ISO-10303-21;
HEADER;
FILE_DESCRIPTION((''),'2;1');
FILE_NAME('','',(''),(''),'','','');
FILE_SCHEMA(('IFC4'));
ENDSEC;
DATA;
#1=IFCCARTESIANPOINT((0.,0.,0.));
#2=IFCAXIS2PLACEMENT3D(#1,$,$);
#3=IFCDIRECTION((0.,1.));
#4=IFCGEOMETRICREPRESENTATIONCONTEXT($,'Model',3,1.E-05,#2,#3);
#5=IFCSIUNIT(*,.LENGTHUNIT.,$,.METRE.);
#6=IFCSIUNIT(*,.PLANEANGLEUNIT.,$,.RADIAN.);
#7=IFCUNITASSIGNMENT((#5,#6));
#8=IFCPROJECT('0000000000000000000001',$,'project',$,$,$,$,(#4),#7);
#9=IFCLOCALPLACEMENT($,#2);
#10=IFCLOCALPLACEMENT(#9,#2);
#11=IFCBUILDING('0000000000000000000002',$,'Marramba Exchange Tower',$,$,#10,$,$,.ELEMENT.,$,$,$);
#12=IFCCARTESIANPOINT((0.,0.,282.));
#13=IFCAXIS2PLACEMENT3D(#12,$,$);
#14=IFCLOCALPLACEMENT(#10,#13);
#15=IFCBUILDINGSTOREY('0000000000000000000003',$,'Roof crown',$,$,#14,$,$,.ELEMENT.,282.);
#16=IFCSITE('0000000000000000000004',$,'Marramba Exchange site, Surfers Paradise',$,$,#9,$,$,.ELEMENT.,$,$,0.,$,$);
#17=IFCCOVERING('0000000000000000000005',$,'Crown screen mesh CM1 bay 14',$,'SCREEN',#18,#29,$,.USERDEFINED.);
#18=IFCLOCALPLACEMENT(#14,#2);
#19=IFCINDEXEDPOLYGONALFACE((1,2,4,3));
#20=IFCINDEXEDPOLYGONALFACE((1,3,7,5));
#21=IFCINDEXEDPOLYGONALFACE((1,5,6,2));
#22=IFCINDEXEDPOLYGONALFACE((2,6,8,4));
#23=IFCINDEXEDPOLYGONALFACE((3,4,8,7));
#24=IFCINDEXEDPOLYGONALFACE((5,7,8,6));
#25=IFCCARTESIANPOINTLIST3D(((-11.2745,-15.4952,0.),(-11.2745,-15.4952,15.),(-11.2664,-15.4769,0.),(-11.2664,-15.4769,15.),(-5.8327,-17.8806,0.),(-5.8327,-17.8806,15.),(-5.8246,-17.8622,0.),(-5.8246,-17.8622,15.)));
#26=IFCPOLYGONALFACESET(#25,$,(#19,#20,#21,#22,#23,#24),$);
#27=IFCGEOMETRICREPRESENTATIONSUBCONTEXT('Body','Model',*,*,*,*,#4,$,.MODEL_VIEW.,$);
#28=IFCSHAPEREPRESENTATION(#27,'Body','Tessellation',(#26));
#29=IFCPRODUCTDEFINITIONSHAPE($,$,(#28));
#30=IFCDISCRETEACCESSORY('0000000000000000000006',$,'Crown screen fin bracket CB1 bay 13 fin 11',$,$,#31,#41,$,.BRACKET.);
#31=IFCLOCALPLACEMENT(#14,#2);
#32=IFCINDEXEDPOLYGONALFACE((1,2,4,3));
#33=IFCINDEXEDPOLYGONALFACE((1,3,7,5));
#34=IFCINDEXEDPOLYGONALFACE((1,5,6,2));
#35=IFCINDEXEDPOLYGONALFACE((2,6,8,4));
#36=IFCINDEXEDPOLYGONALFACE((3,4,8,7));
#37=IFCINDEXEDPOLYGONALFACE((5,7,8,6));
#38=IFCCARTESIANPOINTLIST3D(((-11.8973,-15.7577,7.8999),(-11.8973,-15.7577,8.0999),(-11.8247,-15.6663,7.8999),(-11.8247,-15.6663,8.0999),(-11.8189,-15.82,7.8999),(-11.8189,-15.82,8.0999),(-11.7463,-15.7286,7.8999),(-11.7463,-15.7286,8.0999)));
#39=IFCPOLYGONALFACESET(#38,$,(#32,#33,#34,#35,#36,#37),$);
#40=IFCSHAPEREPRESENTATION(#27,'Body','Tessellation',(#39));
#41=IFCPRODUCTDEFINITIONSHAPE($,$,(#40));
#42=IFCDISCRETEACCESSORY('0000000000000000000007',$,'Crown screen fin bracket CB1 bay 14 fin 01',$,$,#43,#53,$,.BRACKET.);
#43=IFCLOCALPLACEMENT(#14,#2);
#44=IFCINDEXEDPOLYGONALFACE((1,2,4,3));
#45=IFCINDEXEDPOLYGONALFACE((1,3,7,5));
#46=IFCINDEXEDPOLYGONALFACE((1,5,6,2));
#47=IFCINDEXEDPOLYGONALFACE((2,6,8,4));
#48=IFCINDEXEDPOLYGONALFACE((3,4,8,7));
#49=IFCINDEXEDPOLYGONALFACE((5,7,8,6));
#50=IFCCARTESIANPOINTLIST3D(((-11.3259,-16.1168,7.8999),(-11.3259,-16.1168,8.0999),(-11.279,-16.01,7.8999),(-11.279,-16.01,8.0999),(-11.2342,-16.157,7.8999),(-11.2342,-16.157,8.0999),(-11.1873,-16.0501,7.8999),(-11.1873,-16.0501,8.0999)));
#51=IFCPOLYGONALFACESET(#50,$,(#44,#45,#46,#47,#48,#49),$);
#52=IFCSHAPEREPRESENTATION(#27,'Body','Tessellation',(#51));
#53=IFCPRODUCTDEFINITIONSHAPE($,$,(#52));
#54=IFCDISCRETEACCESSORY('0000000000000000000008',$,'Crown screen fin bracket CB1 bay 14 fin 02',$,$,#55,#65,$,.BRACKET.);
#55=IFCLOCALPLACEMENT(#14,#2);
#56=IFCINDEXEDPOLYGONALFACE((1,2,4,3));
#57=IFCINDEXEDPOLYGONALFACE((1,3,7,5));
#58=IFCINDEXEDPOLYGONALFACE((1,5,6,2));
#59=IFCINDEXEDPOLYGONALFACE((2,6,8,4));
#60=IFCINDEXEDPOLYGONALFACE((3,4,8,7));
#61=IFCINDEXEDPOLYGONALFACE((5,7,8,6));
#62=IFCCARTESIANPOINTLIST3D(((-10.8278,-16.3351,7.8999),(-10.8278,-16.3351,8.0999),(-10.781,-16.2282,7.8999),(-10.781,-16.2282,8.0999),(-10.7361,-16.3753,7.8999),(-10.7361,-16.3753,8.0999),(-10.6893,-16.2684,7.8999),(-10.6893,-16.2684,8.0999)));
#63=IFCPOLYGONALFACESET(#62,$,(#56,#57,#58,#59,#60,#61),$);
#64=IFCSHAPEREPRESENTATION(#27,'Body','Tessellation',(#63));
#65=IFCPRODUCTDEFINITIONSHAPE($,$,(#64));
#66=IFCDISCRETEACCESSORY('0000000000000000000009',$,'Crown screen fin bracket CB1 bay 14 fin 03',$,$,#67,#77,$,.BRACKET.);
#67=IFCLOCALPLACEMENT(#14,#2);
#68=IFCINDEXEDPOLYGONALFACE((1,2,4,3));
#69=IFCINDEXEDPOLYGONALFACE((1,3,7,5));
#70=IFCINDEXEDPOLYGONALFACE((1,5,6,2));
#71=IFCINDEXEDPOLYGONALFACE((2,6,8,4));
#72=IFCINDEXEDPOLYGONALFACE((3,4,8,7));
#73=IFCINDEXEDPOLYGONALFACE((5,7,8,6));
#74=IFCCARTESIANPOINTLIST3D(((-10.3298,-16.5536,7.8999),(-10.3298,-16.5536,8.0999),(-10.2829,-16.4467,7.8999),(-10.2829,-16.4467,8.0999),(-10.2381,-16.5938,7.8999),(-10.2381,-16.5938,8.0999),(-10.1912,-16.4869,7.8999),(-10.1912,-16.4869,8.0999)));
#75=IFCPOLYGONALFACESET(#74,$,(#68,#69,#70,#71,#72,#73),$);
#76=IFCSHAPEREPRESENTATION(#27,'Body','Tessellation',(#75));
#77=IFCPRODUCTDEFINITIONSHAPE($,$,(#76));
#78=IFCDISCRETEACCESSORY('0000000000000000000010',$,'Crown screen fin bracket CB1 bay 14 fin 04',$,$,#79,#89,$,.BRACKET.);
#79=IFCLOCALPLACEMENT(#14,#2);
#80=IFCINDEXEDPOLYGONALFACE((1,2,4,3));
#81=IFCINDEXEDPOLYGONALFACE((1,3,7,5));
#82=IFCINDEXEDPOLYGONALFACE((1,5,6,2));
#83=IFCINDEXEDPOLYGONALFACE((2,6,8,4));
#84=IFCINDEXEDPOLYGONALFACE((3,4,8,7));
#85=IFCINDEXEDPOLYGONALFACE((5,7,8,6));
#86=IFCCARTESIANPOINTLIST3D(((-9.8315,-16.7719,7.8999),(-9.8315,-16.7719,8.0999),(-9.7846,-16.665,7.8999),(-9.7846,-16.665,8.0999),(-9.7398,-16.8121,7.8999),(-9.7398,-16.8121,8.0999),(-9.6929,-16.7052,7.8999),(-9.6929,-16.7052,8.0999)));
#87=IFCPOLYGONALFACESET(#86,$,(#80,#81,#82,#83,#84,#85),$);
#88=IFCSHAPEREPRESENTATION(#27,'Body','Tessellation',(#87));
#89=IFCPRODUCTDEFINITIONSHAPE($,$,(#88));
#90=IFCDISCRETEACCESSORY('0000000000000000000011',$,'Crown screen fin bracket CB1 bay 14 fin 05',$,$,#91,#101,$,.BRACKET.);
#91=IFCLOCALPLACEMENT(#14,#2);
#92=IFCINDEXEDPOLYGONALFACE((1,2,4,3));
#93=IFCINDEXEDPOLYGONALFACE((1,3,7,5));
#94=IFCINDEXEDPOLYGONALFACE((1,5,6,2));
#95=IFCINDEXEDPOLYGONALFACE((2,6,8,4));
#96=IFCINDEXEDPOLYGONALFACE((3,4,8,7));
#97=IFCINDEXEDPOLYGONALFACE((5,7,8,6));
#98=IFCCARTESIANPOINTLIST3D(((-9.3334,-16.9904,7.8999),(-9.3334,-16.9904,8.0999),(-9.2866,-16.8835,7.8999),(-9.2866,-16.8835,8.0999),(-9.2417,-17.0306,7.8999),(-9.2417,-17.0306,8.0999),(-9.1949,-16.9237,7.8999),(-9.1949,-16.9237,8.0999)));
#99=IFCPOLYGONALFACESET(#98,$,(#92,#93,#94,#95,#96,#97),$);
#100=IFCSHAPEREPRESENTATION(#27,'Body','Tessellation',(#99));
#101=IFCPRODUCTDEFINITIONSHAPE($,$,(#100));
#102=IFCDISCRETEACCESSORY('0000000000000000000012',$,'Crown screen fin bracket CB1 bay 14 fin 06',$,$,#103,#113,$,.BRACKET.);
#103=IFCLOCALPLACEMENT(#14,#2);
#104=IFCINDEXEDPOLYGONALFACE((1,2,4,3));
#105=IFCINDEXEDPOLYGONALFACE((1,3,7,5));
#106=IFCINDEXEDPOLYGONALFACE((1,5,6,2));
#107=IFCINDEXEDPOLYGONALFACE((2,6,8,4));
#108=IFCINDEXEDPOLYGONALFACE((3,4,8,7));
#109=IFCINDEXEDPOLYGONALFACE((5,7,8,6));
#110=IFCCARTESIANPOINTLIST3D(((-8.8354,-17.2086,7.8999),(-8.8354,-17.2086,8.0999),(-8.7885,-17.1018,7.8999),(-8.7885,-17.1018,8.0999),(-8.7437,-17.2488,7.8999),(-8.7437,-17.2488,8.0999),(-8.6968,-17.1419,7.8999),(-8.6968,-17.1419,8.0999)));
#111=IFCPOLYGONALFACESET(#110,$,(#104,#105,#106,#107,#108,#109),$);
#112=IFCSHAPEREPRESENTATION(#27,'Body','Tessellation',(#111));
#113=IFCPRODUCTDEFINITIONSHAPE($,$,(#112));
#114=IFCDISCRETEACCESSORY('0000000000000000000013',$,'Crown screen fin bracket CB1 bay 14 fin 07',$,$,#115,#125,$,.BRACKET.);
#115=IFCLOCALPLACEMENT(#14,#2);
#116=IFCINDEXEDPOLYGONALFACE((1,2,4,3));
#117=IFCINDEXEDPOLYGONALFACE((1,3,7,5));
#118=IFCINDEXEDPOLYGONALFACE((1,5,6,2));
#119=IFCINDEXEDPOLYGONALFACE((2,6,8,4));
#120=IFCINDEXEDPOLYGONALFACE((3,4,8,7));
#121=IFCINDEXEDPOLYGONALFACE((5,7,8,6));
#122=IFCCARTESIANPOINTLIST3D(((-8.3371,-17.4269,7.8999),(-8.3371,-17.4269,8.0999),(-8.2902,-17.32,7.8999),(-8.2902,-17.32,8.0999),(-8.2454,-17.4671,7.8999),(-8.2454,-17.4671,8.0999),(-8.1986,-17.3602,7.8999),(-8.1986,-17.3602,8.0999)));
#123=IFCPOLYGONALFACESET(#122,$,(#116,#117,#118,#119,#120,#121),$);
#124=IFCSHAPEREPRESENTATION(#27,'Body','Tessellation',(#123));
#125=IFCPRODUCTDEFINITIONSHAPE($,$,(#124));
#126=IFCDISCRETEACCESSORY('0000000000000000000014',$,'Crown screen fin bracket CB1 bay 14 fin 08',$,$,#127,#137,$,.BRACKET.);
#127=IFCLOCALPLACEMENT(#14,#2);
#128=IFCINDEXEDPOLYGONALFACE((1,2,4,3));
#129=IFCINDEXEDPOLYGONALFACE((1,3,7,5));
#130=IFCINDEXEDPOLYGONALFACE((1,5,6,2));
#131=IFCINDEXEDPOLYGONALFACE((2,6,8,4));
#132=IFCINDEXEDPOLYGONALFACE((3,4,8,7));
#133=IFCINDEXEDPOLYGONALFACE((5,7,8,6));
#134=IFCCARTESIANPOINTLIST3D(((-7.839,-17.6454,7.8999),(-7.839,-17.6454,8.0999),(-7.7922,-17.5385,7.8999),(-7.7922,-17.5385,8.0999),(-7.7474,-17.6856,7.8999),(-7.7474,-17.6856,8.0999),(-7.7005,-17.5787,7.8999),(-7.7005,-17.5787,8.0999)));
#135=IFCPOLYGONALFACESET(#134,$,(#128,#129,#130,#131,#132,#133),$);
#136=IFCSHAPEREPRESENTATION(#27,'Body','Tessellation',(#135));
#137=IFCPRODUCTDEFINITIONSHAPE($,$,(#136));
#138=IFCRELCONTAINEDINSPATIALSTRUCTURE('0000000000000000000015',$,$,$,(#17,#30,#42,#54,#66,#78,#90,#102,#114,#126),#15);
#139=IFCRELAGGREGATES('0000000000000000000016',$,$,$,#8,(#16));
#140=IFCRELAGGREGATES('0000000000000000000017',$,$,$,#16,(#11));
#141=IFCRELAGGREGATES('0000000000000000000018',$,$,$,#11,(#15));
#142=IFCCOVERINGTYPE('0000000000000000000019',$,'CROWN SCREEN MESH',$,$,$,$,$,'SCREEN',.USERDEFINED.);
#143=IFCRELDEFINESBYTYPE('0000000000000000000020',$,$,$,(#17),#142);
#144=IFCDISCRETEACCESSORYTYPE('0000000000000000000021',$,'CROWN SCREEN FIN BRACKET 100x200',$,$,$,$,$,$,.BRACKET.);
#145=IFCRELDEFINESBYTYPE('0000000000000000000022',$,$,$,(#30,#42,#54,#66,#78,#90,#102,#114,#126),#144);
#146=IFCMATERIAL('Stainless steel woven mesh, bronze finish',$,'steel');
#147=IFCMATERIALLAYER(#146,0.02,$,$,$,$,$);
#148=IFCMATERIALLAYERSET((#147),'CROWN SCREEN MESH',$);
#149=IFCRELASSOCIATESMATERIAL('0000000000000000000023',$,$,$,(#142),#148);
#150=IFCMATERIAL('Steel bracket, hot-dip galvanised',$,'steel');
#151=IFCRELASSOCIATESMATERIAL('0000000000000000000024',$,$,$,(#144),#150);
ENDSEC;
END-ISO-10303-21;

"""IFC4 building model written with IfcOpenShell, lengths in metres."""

from ifc_helpers import new_model, si_unit, direction, frame, origin, origin_2d, place, context, subcontext, project, spatial, rectangle, extrude, material, layer, layer_set, type_object, element, save


model = new_model("IFC4")

# Units and contexts
model_context = context("Model", 3, precision=1e-05, world=origin(), true_north=direction((0.0, 1.0)))
body_context = subcontext(model_context, "Body", "Model", "MODEL_VIEW")
ifc_project = project(units=[si_unit("LENGTHUNIT", "METRE"), si_unit("PLANEANGLEUNIT", "RADIAN")], contexts=[model_context])

# Site, building, storey
site_placement = place(None, origin())
site = spatial("IfcSite", under=ifc_project, at=site_placement, Name="Marramba Exchange site, Surfers Paradise", CompositionType="ELEMENT", RefElevation=0.0)
building_placement = place(site_placement, origin())
building = spatial("IfcBuilding", under=site, at=building_placement, Name="Marramba Exchange Tower", CompositionType="ELEMENT")
storey_placement = place(building_placement, frame((0.0, 0.0, 282.0)))
storey = spatial("IfcBuildingStorey", under=building, at=storey_placement, Name="Roof crown", CompositionType="ELEMENT", Elevation=282.0)

# Covering
ifc_material_1 = material(Name="Stainless steel woven mesh, bronze finish", Category="steel")
ifc_layer_1 = layer(ifc_material_1, 0.02)
ifc_layer_set_1 = layer_set([ifc_layer_1], Name="CROWN SCREEN MESH")
covering_type = type_object("IfcCoveringType", Name="CROWN SCREEN MESH", ElementType="SCREEN", PredefinedType="USERDEFINED", material=ifc_layer_set_1)
covering_placement = place(storey_placement, frame((-8.5496, -16.6787, 0.0), z_axis=(0.0, 0.0, 1.0), x_axis=(0.915874, -0.401466, 0.0)))
element("IfcCovering", 1, at=covering_placement, inside=storey, type_object=covering_type, Name="Crown screen mesh CM1 bay 14", ObjectType="SCREEN", PredefinedType="USERDEFINED", context=body_context, shape_type="SweptSolid", body=[
    extrude(rectangle(XDim=5.9417, YDim=0.02, at=origin_2d()), origin(), (0.0, 0.0, 1.0), 15.0),
])

# Discrete accessories
ifc_material_2 = material(Name="Steel bracket, hot-dip galvanised", Category="steel")
discrete_accessory_type = type_object("IfcDiscreteAccessoryType", Name="CROWN SCREEN FIN BRACKET 100x200", PredefinedType="BRACKET", material=ifc_material_2)
for number, where, z_axis, x_axis, name in (
    (2, (-11.8218, -15.7432, 7.8999), (0.0, 0.0, 1.0), (0.78314, -0.621845, 0.0), "Crown screen fin bracket CB1 bay 13 fin 11"),
    (3, (-11.2566, -16.0835, 7.8999), (0.0, 0.0, 1.0), (0.915874, -0.401466, 0.0), "Crown screen fin bracket CB1 bay 14 fin 01"),
    (4, (-10.7585, -16.3018, 7.8999), (0.0, 0.0, 1.0), (0.915874, -0.401466, 0.0), "Crown screen fin bracket CB1 bay 14 fin 02"),
    (5, (-10.2605, -16.5203, 7.8999), (0.0, 0.0, 1.0), (0.915874, -0.401466, 0.0), "Crown screen fin bracket CB1 bay 14 fin 03"),
    (6, (-9.7622, -16.7385, 7.8999), (0.0, 0.0, 1.0), (0.915874, -0.401466, 0.0), "Crown screen fin bracket CB1 bay 14 fin 04"),
    (7, (-9.2642, -16.957, 7.8999), (0.0, 0.0, 1.0), (0.915874, -0.401466, 0.0), "Crown screen fin bracket CB1 bay 14 fin 05"),
    (8, (-8.7661, -17.1753, 7.8999), (0.0, 0.0, 1.0), (0.915874, -0.401466, 0.0), "Crown screen fin bracket CB1 bay 14 fin 06"),
    (9, (-8.2678, -17.3936, 7.8999), (0.0, 0.0, 1.0), (0.915874, -0.401466, 0.0), "Crown screen fin bracket CB1 bay 14 fin 07"),
    (10, (-7.7698, -17.6121, 7.8999), (0.0, 0.0, 1.0), (0.915874, -0.401466, 0.0), "Crown screen fin bracket CB1 bay 14 fin 08"),
):
    element("IfcDiscreteAccessory", number, at=place(storey_placement, frame(where, z_axis=z_axis, x_axis=x_axis)), inside=storey, type_object=discrete_accessory_type, Name=name, PredefinedType="BRACKET", context=body_context, shape_type="SweptSolid", body=[
        extrude(rectangle(XDim=0.1001, YDim=0.1167, at=origin_2d()), origin(), (0.0, 0.0, 1.0), 0.2),
    ])

save(model, "model.ifc")
